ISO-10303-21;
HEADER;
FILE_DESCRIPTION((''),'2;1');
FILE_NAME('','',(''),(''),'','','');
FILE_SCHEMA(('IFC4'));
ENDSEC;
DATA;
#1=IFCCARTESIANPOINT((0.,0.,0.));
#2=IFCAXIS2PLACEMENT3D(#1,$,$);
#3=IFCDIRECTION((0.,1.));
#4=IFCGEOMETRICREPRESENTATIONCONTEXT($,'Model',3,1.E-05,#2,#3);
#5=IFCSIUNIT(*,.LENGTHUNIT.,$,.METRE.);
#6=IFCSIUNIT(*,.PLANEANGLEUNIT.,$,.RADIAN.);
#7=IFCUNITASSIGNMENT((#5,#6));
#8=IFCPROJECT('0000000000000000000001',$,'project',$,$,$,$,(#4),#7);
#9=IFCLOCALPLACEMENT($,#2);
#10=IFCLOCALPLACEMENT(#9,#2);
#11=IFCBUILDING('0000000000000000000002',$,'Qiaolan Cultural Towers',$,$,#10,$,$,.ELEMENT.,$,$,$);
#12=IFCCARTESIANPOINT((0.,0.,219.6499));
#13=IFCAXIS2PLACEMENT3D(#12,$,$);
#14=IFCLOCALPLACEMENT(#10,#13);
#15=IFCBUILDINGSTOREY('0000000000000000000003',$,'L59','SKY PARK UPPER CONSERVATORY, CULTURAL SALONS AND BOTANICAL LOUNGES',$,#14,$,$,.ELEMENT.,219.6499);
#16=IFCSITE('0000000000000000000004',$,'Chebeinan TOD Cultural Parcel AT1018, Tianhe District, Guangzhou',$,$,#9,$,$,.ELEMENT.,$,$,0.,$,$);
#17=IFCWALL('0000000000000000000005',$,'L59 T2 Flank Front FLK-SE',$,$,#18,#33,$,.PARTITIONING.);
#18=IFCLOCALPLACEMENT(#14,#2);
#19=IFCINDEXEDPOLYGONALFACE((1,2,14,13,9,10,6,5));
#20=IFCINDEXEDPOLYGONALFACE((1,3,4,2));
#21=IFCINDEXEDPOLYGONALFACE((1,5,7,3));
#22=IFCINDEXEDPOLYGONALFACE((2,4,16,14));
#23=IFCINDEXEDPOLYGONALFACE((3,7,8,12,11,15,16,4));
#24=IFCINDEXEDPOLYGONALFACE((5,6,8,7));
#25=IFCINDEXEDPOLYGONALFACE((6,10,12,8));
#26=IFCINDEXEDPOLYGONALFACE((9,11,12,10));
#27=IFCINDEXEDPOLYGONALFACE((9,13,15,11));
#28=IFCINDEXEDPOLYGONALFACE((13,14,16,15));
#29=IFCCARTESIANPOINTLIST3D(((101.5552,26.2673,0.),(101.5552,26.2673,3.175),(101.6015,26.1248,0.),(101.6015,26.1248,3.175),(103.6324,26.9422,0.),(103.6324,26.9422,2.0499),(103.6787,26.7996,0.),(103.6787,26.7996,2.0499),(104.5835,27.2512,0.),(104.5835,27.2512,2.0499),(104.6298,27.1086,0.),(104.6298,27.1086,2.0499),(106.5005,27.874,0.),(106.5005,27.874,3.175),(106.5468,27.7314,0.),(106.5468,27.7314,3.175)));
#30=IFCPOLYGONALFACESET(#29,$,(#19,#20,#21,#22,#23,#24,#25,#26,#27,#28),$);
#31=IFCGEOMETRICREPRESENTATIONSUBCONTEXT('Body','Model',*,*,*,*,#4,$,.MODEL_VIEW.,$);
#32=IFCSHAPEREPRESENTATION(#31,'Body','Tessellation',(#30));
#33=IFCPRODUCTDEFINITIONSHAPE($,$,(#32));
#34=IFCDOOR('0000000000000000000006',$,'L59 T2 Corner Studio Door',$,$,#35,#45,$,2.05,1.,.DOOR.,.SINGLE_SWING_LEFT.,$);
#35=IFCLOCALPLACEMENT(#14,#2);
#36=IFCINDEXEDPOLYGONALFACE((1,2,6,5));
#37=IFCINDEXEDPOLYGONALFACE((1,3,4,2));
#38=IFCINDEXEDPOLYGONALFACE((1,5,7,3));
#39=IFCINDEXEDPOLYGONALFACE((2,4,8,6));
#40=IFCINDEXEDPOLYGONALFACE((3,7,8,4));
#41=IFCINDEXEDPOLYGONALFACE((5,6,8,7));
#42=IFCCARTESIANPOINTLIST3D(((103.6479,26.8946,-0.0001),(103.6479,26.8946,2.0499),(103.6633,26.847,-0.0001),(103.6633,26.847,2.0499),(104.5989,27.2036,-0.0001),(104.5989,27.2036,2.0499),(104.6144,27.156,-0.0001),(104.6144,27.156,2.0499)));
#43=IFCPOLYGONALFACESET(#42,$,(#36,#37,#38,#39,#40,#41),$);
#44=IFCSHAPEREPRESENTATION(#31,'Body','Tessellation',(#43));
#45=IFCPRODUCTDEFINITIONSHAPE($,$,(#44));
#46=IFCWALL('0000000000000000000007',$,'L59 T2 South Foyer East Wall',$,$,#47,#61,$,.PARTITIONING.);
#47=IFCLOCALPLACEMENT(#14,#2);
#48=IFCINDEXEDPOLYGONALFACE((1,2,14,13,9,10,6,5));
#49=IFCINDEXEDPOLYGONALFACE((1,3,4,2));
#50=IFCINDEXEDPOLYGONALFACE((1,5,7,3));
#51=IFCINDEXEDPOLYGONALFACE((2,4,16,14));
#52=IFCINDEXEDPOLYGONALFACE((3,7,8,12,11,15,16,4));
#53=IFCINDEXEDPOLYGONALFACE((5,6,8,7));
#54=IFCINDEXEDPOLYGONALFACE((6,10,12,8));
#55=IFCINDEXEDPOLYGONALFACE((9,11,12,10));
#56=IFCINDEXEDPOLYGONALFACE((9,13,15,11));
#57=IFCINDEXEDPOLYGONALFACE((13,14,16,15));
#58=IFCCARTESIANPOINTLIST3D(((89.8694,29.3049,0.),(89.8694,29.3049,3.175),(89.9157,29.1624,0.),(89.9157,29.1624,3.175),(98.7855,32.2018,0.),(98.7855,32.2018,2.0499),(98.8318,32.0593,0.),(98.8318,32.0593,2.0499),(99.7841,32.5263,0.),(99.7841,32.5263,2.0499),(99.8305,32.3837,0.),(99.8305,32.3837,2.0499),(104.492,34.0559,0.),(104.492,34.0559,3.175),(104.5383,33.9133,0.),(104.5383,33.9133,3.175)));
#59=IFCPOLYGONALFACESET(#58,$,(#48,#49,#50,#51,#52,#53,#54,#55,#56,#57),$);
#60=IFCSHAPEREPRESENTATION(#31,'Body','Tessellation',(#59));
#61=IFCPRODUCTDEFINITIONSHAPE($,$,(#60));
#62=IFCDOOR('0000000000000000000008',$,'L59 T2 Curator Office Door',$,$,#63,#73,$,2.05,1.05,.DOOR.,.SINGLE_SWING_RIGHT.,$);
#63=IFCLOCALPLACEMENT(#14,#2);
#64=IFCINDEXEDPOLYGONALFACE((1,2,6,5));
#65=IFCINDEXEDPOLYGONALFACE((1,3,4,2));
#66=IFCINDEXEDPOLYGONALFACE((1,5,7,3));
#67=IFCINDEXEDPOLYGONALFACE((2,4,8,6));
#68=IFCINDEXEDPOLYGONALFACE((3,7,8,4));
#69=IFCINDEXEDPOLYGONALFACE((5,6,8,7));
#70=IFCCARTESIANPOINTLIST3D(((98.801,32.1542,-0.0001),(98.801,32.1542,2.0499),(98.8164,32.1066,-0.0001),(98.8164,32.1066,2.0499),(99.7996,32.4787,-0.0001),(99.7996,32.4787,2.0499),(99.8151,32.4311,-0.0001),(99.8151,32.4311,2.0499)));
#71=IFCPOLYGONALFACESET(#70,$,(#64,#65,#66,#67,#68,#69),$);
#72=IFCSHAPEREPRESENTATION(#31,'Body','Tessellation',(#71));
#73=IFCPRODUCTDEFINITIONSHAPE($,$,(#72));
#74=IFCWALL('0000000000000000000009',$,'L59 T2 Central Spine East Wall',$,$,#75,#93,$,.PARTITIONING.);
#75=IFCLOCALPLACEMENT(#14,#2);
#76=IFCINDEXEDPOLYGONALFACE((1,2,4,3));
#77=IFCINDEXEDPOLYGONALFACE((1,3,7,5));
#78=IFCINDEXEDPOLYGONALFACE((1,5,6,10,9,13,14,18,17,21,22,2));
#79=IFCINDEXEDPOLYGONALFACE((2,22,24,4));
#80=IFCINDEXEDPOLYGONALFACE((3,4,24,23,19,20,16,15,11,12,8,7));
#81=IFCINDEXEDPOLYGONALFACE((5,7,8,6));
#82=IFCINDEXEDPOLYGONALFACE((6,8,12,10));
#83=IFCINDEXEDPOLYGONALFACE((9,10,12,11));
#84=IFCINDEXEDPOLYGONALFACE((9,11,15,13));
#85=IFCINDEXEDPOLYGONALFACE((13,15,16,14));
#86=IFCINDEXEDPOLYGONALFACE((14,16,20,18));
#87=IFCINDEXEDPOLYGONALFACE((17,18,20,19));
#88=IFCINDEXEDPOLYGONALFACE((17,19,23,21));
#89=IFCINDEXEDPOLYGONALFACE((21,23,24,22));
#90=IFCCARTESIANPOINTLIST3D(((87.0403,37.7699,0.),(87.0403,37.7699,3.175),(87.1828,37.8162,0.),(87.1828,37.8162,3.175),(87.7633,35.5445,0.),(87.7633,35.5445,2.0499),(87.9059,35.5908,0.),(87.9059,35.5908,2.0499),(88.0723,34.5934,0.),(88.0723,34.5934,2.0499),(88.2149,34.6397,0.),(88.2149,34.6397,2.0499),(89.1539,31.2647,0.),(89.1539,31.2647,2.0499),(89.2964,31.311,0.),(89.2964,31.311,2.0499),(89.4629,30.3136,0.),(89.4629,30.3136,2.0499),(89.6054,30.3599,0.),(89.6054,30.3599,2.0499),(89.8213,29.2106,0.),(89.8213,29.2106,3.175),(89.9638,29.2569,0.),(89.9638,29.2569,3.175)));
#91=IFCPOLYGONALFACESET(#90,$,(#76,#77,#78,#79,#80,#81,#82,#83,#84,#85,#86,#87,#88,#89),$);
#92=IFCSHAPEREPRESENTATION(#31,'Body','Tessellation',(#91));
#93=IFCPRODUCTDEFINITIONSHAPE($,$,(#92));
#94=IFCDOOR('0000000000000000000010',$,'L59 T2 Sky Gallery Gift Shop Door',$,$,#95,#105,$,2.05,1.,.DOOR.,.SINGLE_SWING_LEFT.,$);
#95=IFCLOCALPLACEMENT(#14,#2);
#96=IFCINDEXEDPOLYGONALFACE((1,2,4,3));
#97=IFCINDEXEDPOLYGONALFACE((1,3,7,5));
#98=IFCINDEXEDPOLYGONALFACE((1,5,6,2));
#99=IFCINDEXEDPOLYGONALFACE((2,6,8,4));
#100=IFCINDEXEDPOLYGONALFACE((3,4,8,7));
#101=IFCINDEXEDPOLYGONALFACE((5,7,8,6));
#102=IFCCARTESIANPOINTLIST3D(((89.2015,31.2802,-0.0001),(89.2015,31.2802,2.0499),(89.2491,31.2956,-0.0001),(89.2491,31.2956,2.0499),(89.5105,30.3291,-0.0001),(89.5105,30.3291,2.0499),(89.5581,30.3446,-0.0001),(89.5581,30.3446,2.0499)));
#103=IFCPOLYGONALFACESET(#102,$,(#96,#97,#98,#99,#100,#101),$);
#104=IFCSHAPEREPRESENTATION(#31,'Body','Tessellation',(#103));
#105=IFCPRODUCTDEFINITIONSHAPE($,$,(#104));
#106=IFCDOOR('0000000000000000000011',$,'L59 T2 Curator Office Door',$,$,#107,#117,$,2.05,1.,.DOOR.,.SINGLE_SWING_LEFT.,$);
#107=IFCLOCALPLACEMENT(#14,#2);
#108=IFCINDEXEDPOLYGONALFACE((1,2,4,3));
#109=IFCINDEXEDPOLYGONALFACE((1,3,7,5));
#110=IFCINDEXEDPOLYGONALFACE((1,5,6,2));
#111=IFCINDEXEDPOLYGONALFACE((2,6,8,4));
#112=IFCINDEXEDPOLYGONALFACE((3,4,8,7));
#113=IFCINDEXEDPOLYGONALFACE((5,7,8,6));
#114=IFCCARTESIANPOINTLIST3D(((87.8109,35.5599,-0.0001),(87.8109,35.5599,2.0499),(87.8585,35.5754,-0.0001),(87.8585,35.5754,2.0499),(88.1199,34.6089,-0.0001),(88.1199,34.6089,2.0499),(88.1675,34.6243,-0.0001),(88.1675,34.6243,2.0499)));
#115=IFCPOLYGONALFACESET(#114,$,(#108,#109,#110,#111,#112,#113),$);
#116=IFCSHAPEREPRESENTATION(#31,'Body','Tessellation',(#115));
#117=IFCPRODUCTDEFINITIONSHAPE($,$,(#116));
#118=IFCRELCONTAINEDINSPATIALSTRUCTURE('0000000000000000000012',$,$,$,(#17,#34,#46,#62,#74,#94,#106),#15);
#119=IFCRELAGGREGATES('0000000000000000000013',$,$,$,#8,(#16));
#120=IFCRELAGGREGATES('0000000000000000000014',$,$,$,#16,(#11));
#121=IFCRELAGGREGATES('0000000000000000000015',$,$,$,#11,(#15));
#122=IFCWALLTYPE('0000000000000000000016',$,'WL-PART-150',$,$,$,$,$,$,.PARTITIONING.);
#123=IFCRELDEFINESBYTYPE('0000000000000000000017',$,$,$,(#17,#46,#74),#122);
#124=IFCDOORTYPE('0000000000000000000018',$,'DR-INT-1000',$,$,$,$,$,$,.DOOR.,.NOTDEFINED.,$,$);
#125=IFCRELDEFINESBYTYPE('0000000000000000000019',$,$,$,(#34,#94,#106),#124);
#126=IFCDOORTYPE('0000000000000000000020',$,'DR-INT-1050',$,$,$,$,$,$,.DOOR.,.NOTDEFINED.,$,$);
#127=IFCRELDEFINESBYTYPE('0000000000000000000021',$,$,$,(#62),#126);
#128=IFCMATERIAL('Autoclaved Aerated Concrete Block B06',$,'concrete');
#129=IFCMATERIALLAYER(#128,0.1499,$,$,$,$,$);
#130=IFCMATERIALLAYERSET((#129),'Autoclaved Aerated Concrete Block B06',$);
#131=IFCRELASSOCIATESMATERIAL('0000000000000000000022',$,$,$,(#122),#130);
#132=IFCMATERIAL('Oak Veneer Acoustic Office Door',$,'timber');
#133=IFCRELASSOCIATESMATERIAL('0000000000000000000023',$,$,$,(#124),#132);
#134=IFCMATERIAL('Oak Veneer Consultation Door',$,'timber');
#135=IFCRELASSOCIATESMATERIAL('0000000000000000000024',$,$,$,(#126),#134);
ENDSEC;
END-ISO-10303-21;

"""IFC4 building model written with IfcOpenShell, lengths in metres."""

from ifc_helpers import new_model, si_unit, direction, frame, frame_2d, origin, place, context, subcontext, project, spatial, rectangle, extrude, material, layer, layer_set, type_object, element, fill, save


model = new_model("IFC4")

# Units and contexts
model_context = context("Model", 3, precision=1e-05, world=origin(), true_north=direction((0.0, 1.0)))
body_context = subcontext(model_context, "Body", "Model", "MODEL_VIEW")
ifc_project = project(units=[si_unit("LENGTHUNIT", "METRE"), si_unit("PLANEANGLEUNIT", "RADIAN")], contexts=[model_context])

# Site, building, storey
site_placement = place(None, origin())
site = spatial("IfcSite", under=ifc_project, at=site_placement, Name="Chebeinan TOD Cultural Parcel AT1018, Tianhe District, Guangzhou", CompositionType="ELEMENT", RefElevation=0.0)
building_placement = place(site_placement, origin())
building = spatial("IfcBuilding", under=site, at=building_placement, Name="Qiaolan Cultural Towers", CompositionType="ELEMENT")
storey_placement = place(building_placement, frame((0.0, 0.0, 219.6499)))
storey = spatial("IfcBuildingStorey", under=building, at=storey_placement, Name="L59", Description="SKY PARK UPPER CONSERVATORY, CULTURAL SALONS AND BOTANICAL LOUNGES", CompositionType="ELEMENT", Elevation=219.6499)

# Walls, openings, doors
ifc_material_1 = material(Name="Autoclaved Aerated Concrete Block B06", Category="concrete")
ifc_layer_1 = layer(ifc_material_1, 0.1499)
ifc_layer_set_1 = layer_set([ifc_layer_1], Name="Autoclaved Aerated Concrete Block B06")
wall_type_1 = type_object("IfcWallType", Name="WL-PART-150", PredefinedType="PARTITIONING", material=ifc_layer_set_1)
wall_1_placement = place(storey_placement, frame((101.5784, 26.196, 0.0), z_axis=(0.0, 0.0, 1.0), x_axis=(0.951064, 0.308993, 0.0)))
wall_1 = element("IfcWall", 1, at=wall_1_placement, inside=storey, type_object=wall_type_1, Name="L59 T2 Flank Front FLK-SE", PredefinedType="PARTITIONING", context=body_context, shape_type="SweptSolid", body=[
    extrude(rectangle(XDim=5.1997, YDim=0.1499, at=frame_2d((2.5999, 0.0))), origin(), (0.0, 0.0, 1.0), 3.175),
])
opening_1_placement = place(wall_1_placement, frame((2.1841, 0.0, 0.0)))
opening_1 = element("IfcOpeningElement", 2, at=opening_1_placement, cuts=wall_1, PredefinedType="OPENING", context=body_context, shape_type="SweptSolid", body=[
    extrude(rectangle(XDim=1.0, YDim=2.05, at=frame_2d((0.5, 1.0249))), frame((0.0, 0.085, 0.0), z_axis=(0.0, -1.0, 0.0), x_axis=(1.0, 0.0, 0.0)), (0.0, 0.0, 1.0), 0.1699),
])
ifc_material_2 = material(Name="Oak Veneer Acoustic Office Door", Category="timber")
door_type_1 = type_object("IfcDoorType", Name="DR-INT-1000", OperationType="NOTDEFINED", PredefinedType="DOOR", material=ifc_material_2)
door_1_placement = place(opening_1_placement, origin())
door_1 = element("IfcDoor", 3, at=door_1_placement, inside=storey, type_object=door_type_1, Name="L59 T2 Corner Studio Door", OperationType="SINGLE_SWING_LEFT", OverallHeight=2.05, OverallWidth=1.0, PredefinedType="DOOR", context=body_context, shape_type="SweptSolid", body=[
    extrude(rectangle(XDim=1.0, YDim=2.05, at=frame_2d((0.5, 1.0249))), frame((0.0, 0.0249, 0.0), z_axis=(0.0, -1.0, 0.0), x_axis=(1.0, 0.0, 0.0)), (0.0, 0.0, 1.0), 0.05),
])
fill(opening_1, door_1)
wall_2_placement = place(storey_placement, frame((89.8926, 29.2336, 0.0), z_axis=(0.0, 0.0, 1.0), x_axis=(0.95106, 0.309006, 0.0)))
wall_2 = element("IfcWall", 4, at=wall_2_placement, inside=storey, type_object=wall_type_1, Name="L59 T2 South Foyer East Wall", PredefinedType="PARTITIONING", context=body_context, shape_type="SweptSolid", body=[
    extrude(rectangle(XDim=15.375, YDim=0.1499, at=frame_2d((7.6875, 0.0))), origin(), (0.0, 0.0, 1.0), 3.175),
])
opening_2_placement = place(wall_2_placement, frame((9.375, 0.0, 0.0)))
opening_2 = element("IfcOpeningElement", 5, at=opening_2_placement, cuts=wall_2, PredefinedType="OPENING", context=body_context, shape_type="SweptSolid", body=[
    extrude(rectangle(XDim=1.05, YDim=2.05, at=frame_2d((0.5249, 1.0249))), frame((0.0, 0.085, 0.0), z_axis=(0.0, -1.0, 0.0), x_axis=(1.0, 0.0, 0.0)), (0.0, 0.0, 1.0), 0.1699),
])
ifc_material_3 = material(Name="Oak Veneer Consultation Door", Category="timber")
door_type_2 = type_object("IfcDoorType", Name="DR-INT-1050", OperationType="NOTDEFINED", PredefinedType="DOOR", material=ifc_material_3)
door_2_placement = place(opening_2_placement, origin())
door_2 = element("IfcDoor", 6, at=door_2_placement, inside=storey, type_object=door_type_2, Name="L59 T2 Curator Office Door", OperationType="SINGLE_SWING_RIGHT", OverallHeight=2.05, OverallWidth=1.05, PredefinedType="DOOR", context=body_context, shape_type="SweptSolid", body=[
    extrude(rectangle(XDim=1.05, YDim=2.05, at=frame_2d((0.5249, 1.0249))), frame((0.0, 0.0249, 0.0), z_axis=(0.0, -1.0, 0.0), x_axis=(1.0, 0.0, 0.0)), (0.0, 0.0, 1.0), 0.05),
])
fill(opening_2, door_2)

# Wall, openings, doors
wall_3_placement = place(storey_placement, frame((89.8926, 29.2336, 0.0), z_axis=(0.0, 0.0, 1.0), x_axis=(-0.309008, 0.951059, 0.0)))
wall_3 = element("IfcWall", 7, at=wall_3_placement, inside=storey, type_object=wall_type_1, Name="L59 T2 Central Spine East Wall", PredefinedType="PARTITIONING", context=body_context, shape_type="SweptSolid", body=[
    extrude(rectangle(XDim=8.9998, YDim=0.1499, at=frame_2d((4.5, 0.0))), origin(), (0.0, 0.0, 1.0), 3.175),
])
opening_3_placement = place(wall_3_placement, frame((1.1599, 0.0, 0.0)))
opening_3 = element("IfcOpeningElement", 8, at=opening_3_placement, cuts=wall_3, PredefinedType="OPENING", context=body_context, shape_type="SweptSolid", body=[
    extrude(rectangle(XDim=1.0, YDim=2.05, at=frame_2d((0.5, 1.0249))), frame((0.0, 0.085, 0.0), z_axis=(0.0, -1.0, 0.0), x_axis=(1.0, 0.0, 0.0)), (0.0, 0.0, 1.0), 0.1699),
])
opening_4_placement = place(wall_3_placement, frame((5.6599, 0.0, 0.0)))
opening_4 = element("IfcOpeningElement", 9, at=opening_4_placement, cuts=wall_3, PredefinedType="OPENING", context=body_context, shape_type="SweptSolid", body=[
    extrude(rectangle(XDim=1.0, YDim=2.05, at=frame_2d((0.5, 1.0249))), frame((0.0, 0.085, 0.0), z_axis=(0.0, -1.0, 0.0), x_axis=(1.0, 0.0, 0.0)), (0.0, 0.0, 1.0), 0.1699),
])
door_3_placement = place(opening_3_placement, origin())
door_3 = element("IfcDoor", 10, at=door_3_placement, inside=storey, type_object=door_type_1, Name="L59 T2 Sky Gallery Gift Shop Door", OperationType="SINGLE_SWING_LEFT", OverallHeight=2.05, OverallWidth=1.0, PredefinedType="DOOR", context=body_context, shape_type="SweptSolid", body=[
    extrude(rectangle(XDim=1.0, YDim=2.05, at=frame_2d((0.5, 1.0249))), frame((0.0, 0.0249, 0.0), z_axis=(0.0, -1.0, 0.0), x_axis=(1.0, 0.0, 0.0)), (0.0, 0.0, 1.0), 0.05),
])
fill(opening_3, door_3)
door_4_placement = place(opening_4_placement, origin())
door_4 = element("IfcDoor", 11, at=door_4_placement, inside=storey, type_object=door_type_1, Name="L59 T2 Curator Office Door", OperationType="SINGLE_SWING_LEFT", OverallHeight=2.05, OverallWidth=1.0, PredefinedType="DOOR", context=body_context, shape_type="SweptSolid", body=[
    extrude(rectangle(XDim=1.0, YDim=2.05, at=frame_2d((0.5, 1.0249))), frame((0.0, 0.0249, 0.0), z_axis=(0.0, -1.0, 0.0), x_axis=(1.0, 0.0, 0.0)), (0.0, 0.0, 1.0), 0.05),
])
fill(opening_4, door_4)

save(model, "model.ifc")
